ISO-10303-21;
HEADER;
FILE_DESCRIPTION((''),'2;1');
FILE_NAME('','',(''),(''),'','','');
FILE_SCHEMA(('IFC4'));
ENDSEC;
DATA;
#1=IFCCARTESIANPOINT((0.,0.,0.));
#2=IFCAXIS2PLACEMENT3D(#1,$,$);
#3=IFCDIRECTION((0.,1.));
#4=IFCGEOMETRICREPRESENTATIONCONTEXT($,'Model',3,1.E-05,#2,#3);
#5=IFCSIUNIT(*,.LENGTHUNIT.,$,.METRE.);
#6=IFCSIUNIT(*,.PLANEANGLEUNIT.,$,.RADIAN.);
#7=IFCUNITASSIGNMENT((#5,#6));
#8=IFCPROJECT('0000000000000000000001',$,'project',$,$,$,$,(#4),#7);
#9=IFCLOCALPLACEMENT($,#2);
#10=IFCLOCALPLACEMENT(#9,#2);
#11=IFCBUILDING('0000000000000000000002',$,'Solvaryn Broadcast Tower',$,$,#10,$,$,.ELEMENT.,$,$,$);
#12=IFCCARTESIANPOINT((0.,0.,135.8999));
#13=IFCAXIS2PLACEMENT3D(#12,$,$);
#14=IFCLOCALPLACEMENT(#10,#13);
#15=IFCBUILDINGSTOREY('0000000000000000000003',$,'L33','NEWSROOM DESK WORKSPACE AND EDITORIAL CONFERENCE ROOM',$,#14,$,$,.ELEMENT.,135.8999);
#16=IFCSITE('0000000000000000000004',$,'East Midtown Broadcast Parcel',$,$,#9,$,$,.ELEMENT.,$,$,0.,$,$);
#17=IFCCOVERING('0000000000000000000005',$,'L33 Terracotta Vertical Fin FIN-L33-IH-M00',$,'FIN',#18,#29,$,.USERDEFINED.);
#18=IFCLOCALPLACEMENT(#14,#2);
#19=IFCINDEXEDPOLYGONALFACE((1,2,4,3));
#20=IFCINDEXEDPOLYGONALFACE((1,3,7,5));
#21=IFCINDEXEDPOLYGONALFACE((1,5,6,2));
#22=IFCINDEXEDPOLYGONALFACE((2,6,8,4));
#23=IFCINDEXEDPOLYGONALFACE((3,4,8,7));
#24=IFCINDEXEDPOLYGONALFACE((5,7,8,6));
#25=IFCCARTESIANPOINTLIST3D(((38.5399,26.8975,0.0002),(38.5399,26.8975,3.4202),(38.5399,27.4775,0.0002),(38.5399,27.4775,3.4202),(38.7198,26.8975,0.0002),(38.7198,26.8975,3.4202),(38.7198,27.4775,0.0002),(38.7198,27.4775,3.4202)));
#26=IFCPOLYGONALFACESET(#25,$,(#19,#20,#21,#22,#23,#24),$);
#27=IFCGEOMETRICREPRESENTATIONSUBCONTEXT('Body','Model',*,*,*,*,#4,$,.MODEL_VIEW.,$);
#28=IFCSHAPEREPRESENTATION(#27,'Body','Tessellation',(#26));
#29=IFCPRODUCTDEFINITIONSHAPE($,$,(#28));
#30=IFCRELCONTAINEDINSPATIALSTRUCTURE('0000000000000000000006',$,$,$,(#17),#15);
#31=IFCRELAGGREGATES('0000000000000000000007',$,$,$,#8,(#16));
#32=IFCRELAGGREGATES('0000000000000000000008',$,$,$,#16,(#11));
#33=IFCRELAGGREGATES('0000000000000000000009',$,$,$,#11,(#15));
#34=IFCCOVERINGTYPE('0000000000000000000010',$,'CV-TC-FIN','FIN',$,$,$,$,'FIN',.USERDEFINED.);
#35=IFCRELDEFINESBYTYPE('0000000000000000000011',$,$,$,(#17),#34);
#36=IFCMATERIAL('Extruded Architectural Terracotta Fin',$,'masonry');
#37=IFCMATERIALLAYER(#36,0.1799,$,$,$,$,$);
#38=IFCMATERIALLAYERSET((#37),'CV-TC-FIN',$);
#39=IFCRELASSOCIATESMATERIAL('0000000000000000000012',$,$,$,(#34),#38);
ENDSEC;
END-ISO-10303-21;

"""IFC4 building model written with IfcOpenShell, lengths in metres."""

from ifc_helpers import new_model, si_unit, direction, frame, origin, origin_2d, place, context, subcontext, project, spatial, rectangle, extrude, material, layer, layer_set, type_object, element, save


model = new_model("IFC4")

# Units and contexts
model_context = context("Model", 3, precision=1e-05, world=origin(), true_north=direction((0.0, 1.0)))
body_context = subcontext(model_context, "Body", "Model", "MODEL_VIEW")
ifc_project = project(units=[si_unit("LENGTHUNIT", "METRE"), si_unit("PLANEANGLEUNIT", "RADIAN")], contexts=[model_context])

# Site, building, storey
site_placement = place(None, origin())
site = spatial("IfcSite", under=ifc_project, at=site_placement, Name="East Midtown Broadcast Parcel", CompositionType="ELEMENT", RefElevation=0.0)
building_placement = place(site_placement, origin())
building = spatial("IfcBuilding", under=site, at=building_placement, Name="Solvaryn Broadcast Tower", CompositionType="ELEMENT")
storey_placement = place(building_placement, frame((0.0, 0.0, 135.8999)))
storey = spatial("IfcBuildingStorey", under=building, at=storey_placement, Name="L33", Description="NEWSROOM DESK WORKSPACE AND EDITORIAL CONFERENCE ROOM", CompositionType="ELEMENT", Elevation=135.8999)

# Covering
ifc_material_1 = material(Name="Extruded Architectural Terracotta Fin", Category="masonry")
ifc_layer_1 = layer(ifc_material_1, 0.1799)
ifc_layer_set_1 = layer_set([ifc_layer_1], Name="CV-TC-FIN")
covering_type_1 = type_object("IfcCoveringType", Name="CV-TC-FIN", Description="FIN", ElementType="FIN", PredefinedType="USERDEFINED", material=ifc_layer_set_1)
for number, where, z_axis, x_axis, name in (
    (1, (38.6299, 27.1875, 0.0002), (0.0, 0.0, 1.0), (1.0, 0.0, 0.0), "L33 Terracotta Vertical Fin FIN-L33-IH-M00"),
):
    element("IfcCovering", number, at=place(storey_placement, frame(where, z_axis=z_axis, x_axis=x_axis)), inside=storey, type_object=covering_type_1, Name=name, ObjectType="FIN", PredefinedType="USERDEFINED", context=body_context, shape_type="SweptSolid", body=[
        extrude(rectangle(XDim=0.1799, YDim=0.5801, at=origin_2d()), origin(), (0.0, 0.0, 1.0), 3.4199),
    ])

save(model, "model.ifc")
